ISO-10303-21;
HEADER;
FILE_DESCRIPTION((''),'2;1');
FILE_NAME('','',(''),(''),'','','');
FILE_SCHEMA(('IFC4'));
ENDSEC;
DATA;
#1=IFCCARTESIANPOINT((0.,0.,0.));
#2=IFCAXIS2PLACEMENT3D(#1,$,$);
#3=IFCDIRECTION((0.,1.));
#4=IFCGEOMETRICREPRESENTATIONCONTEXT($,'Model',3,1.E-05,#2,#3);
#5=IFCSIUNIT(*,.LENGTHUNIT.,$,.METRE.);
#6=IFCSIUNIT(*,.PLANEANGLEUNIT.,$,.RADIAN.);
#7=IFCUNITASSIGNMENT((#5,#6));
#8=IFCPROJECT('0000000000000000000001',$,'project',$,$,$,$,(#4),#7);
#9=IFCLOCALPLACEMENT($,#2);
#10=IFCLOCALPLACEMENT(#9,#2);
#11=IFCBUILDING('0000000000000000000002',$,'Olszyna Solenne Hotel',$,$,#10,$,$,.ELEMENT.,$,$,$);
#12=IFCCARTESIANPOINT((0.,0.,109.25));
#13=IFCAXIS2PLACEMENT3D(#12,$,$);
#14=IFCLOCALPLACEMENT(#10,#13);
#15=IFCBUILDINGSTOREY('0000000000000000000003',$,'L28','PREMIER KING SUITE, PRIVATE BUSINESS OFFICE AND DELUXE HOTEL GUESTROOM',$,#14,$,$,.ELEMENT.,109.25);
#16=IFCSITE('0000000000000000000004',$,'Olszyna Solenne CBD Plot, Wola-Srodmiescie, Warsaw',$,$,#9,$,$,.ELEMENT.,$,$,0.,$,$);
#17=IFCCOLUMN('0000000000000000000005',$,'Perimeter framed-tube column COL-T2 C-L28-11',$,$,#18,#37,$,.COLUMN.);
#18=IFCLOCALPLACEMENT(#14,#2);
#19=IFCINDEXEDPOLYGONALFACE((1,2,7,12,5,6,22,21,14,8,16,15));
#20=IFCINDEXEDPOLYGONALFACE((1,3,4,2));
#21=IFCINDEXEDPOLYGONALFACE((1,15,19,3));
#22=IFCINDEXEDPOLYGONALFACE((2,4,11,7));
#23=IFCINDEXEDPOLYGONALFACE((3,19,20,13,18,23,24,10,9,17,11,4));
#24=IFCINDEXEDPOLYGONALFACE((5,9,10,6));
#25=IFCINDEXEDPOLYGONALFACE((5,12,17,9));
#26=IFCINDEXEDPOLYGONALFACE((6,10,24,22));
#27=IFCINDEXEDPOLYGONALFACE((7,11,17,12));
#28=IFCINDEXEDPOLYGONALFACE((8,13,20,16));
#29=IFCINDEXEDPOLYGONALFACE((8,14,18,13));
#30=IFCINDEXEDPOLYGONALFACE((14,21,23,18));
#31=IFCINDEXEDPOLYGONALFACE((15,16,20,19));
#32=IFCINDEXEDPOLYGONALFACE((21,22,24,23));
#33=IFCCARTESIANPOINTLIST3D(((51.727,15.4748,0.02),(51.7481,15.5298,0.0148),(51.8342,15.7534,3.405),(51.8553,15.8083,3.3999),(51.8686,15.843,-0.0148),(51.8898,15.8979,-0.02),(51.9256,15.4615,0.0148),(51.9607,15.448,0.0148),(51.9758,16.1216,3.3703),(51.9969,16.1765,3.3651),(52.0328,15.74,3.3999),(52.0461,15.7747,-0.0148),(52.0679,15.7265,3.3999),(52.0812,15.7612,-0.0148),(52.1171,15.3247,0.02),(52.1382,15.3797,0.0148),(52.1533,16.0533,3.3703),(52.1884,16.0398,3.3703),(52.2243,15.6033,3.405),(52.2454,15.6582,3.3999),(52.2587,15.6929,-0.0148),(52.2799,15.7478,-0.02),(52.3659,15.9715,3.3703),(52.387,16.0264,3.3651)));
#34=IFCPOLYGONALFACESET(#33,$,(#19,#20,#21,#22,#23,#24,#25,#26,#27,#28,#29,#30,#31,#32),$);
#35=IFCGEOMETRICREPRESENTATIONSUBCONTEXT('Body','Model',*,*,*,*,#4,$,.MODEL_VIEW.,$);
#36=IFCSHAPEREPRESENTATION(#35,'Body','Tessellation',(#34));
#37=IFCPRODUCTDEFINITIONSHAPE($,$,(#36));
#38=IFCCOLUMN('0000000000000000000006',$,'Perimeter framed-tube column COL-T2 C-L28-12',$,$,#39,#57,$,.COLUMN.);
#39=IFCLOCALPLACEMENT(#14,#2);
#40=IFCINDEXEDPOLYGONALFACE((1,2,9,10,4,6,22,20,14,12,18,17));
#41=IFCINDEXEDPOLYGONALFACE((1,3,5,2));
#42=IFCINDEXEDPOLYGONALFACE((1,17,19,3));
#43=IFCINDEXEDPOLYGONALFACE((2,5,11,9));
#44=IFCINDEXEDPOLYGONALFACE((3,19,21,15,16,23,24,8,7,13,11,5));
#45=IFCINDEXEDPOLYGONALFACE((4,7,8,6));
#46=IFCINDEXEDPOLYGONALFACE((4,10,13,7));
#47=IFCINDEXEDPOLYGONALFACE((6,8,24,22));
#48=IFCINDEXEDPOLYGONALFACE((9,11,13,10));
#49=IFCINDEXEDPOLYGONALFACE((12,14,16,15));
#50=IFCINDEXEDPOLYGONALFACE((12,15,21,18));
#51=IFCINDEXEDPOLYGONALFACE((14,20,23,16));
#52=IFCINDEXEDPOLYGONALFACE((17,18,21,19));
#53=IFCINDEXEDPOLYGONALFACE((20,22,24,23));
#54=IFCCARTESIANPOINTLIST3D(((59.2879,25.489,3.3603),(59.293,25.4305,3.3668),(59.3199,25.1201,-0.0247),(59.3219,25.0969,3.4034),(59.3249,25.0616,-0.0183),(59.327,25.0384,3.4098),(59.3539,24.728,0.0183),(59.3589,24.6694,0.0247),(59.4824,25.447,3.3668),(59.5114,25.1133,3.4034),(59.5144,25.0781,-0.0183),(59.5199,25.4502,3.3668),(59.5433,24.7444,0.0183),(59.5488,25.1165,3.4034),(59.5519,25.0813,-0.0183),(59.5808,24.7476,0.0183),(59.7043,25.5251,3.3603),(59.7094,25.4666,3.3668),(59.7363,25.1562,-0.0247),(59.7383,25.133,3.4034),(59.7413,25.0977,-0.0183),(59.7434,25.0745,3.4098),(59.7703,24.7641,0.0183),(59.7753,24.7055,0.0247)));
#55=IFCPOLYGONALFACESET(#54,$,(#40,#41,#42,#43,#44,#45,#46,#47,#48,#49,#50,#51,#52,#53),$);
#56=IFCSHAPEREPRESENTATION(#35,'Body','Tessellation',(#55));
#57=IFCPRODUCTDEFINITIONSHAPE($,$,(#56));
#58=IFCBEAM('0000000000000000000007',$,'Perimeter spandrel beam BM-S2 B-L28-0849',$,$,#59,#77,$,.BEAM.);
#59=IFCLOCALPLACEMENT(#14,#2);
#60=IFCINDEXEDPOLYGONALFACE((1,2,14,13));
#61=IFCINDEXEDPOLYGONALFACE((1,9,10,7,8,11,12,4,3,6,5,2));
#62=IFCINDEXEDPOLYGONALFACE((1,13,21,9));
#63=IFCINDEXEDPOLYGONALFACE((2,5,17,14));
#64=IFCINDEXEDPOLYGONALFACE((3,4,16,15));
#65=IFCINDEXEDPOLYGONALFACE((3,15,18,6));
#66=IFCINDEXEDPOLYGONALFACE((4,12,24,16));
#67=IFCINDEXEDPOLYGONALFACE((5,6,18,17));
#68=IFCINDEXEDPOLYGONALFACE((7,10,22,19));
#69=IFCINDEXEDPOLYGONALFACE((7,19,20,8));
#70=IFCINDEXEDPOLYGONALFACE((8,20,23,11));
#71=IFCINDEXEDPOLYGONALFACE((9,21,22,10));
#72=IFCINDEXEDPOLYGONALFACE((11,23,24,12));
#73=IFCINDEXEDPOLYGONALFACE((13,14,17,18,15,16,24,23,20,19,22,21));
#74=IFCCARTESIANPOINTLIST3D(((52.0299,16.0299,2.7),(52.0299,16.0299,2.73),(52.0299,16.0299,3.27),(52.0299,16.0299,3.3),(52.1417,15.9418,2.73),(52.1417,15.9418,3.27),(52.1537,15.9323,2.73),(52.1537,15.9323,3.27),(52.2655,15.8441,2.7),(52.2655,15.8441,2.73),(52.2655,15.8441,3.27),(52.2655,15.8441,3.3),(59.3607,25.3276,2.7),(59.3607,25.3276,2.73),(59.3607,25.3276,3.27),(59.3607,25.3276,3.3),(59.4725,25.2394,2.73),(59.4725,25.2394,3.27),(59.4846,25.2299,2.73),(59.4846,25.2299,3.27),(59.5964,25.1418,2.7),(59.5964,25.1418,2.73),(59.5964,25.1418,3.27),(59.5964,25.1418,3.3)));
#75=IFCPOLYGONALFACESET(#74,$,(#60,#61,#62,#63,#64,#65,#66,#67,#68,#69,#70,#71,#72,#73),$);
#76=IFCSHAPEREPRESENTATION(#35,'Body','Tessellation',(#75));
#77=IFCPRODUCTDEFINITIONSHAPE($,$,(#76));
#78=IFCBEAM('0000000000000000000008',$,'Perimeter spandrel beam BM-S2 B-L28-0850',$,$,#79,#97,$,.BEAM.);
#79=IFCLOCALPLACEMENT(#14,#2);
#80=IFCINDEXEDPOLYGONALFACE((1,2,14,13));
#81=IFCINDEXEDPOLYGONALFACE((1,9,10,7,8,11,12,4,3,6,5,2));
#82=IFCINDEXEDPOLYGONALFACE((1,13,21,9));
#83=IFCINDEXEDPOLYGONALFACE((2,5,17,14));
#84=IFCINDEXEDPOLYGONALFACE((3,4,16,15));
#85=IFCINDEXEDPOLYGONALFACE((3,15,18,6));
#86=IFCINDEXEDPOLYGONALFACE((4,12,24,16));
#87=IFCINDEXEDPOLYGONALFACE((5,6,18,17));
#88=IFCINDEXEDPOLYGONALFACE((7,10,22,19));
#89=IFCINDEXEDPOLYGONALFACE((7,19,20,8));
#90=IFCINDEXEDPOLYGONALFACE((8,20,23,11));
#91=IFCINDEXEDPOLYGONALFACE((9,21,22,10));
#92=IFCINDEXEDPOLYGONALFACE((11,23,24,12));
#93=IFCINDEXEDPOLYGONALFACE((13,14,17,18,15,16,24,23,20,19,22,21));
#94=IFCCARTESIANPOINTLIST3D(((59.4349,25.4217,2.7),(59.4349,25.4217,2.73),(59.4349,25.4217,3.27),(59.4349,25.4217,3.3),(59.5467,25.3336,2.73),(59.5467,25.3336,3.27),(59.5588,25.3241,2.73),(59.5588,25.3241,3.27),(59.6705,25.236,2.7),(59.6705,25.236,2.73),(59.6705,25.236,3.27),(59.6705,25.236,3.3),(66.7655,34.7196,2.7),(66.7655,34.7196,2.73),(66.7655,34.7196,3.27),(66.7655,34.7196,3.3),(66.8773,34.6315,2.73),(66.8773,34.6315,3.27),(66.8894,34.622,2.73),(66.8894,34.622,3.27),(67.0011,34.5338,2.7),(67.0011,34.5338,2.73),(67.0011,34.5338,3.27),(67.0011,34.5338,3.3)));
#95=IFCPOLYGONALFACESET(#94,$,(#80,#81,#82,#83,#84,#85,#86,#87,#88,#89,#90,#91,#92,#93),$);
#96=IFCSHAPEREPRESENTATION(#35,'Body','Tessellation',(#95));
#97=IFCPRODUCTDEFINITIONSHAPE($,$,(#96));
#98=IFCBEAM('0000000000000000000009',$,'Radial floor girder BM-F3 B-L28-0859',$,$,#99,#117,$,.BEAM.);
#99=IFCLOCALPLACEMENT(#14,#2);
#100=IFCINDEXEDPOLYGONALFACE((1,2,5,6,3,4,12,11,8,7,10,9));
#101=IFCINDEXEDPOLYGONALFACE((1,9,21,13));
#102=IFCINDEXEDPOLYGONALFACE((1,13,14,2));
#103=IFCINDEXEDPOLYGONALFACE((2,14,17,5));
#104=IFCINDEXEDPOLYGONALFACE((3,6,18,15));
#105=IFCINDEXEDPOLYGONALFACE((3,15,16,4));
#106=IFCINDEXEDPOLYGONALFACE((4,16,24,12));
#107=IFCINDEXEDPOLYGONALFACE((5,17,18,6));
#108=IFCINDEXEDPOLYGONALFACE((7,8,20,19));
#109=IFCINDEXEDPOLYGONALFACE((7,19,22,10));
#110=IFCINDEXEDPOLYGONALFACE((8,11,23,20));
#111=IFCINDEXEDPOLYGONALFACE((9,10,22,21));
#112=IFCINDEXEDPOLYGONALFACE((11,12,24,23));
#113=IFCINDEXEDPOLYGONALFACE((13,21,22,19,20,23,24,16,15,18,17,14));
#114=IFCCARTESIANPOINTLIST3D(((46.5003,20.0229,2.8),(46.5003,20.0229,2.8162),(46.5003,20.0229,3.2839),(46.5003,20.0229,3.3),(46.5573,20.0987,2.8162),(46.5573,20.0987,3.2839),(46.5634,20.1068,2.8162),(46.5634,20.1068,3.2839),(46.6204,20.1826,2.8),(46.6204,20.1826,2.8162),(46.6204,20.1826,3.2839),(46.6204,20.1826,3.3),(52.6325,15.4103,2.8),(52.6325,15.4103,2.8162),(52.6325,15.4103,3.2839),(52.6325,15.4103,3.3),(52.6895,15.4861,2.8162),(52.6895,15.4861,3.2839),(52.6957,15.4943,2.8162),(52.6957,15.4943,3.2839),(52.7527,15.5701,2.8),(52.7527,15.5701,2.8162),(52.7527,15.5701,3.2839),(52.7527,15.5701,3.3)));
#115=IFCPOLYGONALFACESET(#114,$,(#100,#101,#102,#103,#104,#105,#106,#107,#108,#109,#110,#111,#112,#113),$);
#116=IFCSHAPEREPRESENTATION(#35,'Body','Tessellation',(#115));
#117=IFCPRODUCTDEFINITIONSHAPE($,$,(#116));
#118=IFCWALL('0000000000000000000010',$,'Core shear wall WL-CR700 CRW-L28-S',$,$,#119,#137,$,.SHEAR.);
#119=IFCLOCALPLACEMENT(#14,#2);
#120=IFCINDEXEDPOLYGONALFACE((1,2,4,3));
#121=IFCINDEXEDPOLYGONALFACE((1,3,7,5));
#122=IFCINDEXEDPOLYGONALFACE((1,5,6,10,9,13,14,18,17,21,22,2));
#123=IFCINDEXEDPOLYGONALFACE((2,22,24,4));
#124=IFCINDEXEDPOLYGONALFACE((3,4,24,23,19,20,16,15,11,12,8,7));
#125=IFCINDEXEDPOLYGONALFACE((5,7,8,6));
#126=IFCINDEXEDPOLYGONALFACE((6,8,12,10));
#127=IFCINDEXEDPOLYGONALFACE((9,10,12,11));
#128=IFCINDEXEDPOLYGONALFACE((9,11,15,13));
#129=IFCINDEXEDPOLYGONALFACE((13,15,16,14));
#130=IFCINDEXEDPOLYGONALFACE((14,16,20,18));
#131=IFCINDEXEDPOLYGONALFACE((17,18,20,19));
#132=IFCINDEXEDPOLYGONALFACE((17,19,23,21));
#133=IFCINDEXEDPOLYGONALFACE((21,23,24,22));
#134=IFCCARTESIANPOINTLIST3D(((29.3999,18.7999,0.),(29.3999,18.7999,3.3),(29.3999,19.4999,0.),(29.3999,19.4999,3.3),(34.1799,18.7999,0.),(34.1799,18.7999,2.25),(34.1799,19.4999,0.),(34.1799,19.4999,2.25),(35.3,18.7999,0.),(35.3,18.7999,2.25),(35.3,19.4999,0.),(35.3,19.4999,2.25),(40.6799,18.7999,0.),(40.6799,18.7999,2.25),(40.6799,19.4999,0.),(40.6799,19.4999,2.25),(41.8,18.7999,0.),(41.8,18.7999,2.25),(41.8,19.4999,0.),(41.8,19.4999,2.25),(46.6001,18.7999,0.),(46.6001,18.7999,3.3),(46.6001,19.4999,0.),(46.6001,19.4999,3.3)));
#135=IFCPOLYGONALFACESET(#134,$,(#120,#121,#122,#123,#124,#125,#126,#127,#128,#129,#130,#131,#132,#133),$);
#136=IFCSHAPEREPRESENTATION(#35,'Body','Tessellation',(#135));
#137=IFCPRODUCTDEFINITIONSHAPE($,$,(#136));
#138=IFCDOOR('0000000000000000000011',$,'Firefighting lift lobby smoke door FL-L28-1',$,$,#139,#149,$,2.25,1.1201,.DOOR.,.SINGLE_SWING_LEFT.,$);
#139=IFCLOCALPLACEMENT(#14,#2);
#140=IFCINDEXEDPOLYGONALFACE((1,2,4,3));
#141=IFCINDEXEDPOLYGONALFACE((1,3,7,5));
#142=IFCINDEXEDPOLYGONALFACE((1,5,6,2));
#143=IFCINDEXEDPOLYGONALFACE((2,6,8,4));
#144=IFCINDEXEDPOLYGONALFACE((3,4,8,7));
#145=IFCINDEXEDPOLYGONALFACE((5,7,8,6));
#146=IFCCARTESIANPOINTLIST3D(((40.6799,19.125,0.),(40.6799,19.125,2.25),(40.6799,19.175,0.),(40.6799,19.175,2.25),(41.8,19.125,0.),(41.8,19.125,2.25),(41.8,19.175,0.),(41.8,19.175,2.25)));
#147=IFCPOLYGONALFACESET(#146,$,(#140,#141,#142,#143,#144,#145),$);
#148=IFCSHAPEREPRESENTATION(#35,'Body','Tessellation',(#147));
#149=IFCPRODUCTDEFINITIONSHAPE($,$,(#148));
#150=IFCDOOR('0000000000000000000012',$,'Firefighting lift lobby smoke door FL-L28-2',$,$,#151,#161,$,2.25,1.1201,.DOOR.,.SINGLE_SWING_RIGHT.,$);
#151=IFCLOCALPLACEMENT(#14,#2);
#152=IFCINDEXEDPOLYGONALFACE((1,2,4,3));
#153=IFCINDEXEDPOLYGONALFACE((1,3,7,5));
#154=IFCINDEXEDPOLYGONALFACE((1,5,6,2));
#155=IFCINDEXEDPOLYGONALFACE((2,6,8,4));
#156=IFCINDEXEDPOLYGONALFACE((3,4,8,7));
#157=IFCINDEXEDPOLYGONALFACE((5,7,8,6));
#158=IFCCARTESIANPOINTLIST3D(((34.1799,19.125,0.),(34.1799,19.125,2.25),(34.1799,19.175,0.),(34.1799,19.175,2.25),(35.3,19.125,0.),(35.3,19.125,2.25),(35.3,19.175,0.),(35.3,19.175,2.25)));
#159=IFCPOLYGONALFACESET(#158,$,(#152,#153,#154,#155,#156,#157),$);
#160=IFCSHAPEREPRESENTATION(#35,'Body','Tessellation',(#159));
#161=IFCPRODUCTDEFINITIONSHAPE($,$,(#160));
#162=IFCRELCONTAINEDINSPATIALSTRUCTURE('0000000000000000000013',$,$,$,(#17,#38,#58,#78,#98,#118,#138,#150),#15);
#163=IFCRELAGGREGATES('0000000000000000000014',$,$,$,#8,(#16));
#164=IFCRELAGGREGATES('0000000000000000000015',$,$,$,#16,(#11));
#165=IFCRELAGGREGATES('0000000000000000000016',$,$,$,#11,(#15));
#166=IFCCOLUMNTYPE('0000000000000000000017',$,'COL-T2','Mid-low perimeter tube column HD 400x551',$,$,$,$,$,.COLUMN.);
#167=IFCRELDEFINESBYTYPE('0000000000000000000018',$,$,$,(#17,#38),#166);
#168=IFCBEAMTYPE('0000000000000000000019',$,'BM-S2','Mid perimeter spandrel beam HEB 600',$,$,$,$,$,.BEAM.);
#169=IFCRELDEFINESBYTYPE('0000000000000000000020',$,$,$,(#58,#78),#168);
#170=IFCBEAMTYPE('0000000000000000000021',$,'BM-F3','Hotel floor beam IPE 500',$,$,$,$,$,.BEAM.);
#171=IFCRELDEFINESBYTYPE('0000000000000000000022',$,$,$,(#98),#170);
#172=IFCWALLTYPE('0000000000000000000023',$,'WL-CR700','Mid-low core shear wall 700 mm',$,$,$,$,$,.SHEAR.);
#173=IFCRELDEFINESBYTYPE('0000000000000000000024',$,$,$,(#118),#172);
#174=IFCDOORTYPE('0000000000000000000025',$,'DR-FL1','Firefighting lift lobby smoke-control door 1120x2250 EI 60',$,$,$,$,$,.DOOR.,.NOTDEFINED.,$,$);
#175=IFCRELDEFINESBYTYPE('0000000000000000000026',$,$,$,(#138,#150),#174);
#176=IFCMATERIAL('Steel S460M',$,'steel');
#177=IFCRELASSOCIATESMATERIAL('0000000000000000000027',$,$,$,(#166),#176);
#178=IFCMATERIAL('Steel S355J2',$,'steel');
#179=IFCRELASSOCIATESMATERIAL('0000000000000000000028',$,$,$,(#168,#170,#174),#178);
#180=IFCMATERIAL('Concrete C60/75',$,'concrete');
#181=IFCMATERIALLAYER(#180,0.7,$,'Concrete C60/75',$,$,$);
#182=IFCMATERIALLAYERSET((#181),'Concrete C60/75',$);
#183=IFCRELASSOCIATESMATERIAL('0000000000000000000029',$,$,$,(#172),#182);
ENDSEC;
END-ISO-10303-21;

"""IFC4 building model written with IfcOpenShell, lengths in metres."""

from ifc_helpers import new_model, si_unit, direction, frame, frame_2d, origin, origin_2d, place, context, subcontext, project, spatial, rectangle, i_section, extrude, source, transform, mapped, material, layer, layer_set, material_profile, profile_set, type_object, type_shapes, element, fill, save


model = new_model("IFC4")

# Units and contexts
model_context = context("Model", 3, precision=1e-05, world=origin(), true_north=direction((0.0, 1.0)))
body_context = subcontext(model_context, "Body", "Model", "MODEL_VIEW")
ifc_project = project(units=[si_unit("LENGTHUNIT", "METRE"), si_unit("PLANEANGLEUNIT", "RADIAN")], contexts=[model_context])

# Site, building, storey
site_placement = place(None, origin())
site = spatial("IfcSite", under=ifc_project, at=site_placement, Name="Olszyna Solenne CBD Plot, Wola-Srodmiescie, Warsaw", CompositionType="ELEMENT", RefElevation=0.0)
building_placement = place(site_placement, origin())
building = spatial("IfcBuilding", under=site, at=building_placement, Name="Olszyna Solenne Hotel", CompositionType="ELEMENT")
storey_placement = place(building_placement, frame((0.0, 0.0, 109.25)))
storey = spatial("IfcBuildingStorey", under=building, at=storey_placement, Name="L28", Description="PREMIER KING SUITE, PRIVATE BUSINESS OFFICE AND DELUXE HOTEL GUESTROOM", CompositionType="ELEMENT", Elevation=109.25)

# Columns
ifc_material_1 = material(Name="Steel S460M", Category="steel")
ifc_material_profile_1 = material_profile(ifc_material_1, i_section(OverallWidth=0.418, OverallDepth=0.4551, WebThickness=0.0376, FlangeThickness=0.0591, at=origin_2d()), Name="HD 400x551", Category="load-bearing")
ifc_profile_set_1 = profile_set([ifc_material_profile_1], Name="Steel S460M")
column_type = type_object("IfcColumnType", Name="COL-T2", Description="Mid-low perimeter tube column HD 400x551", PredefinedType="COLUMN", material=ifc_profile_set_1)
shared_shape_1 = source(origin(), body_context, "Body", "SweptSolid", [
    extrude(i_section(OverallWidth=0.418, OverallDepth=0.4551, WebThickness=0.0376, FlangeThickness=0.0591, at=origin_2d()), origin(), (0.0, 0.0, 1.0), 3.3982),
])
column_1_placement = place(storey_placement, frame((52.0034, 15.6113, 0.0), z_axis=(0.03154, 0.081975, 0.996135), x_axis=(-0.933303, 0.359089, 0.0)))
element("IfcColumn", 1, at=column_1_placement, inside=storey, type_object=column_type, Name="Perimeter framed-tube column COL-T2 C-L28-11", PredefinedType="COLUMN", context=body_context, shape_type="MappedRepresentation", body=[
    mapped(shared_shape_1, transform((0.0, 0.0, 0.0), x_axis=(1.0, 0.0, 0.0), y_axis=(0.0, 1.0, 0.0), z_axis=(0.0, 0.0, 1.0), scale=1.0)),
])
shared_shape_2 = source(origin(), body_context, "Body", "SweptSolid", [
    extrude(i_section(OverallWidth=0.418, OverallDepth=0.4551, WebThickness=0.0376, FlangeThickness=0.0591, at=origin_2d()), origin(), (0.0, 0.0, 1.0), 3.4053),
])
column_2_placement = place(storey_placement, frame((59.5476, 24.9128, 0.0), z_axis=(-0.009392, 0.108333, 0.99407), x_axis=(-0.996263, -0.086374, 0.0)))
element("IfcColumn", 2, at=column_2_placement, inside=storey, type_object=column_type, Name="Perimeter framed-tube column COL-T2 C-L28-12", PredefinedType="COLUMN", context=body_context, shape_type="MappedRepresentation", body=[
    mapped(shared_shape_2, transform((0.0, 0.0, 0.0), x_axis=(1.0, 0.0, 0.0), y_axis=(0.0, 1.0, 0.0), z_axis=(0.0, 0.0, 1.0), scale=1.0)),
])

# Beams
ifc_material_2 = material(Name="Steel S355J2", Category="steel")
ifc_material_profile_2 = material_profile(ifc_material_2, i_section(OverallWidth=0.3, OverallDepth=0.6001, WebThickness=0.0154, FlangeThickness=0.03, at=origin_2d()), Name="HEB 600", Category="load-bearing")
ifc_profile_set_2 = profile_set([ifc_material_profile_2], Name="Steel S355J2")
beam_type_1 = type_object("IfcBeamType", Name="BM-S2", Description="Mid perimeter spandrel beam HEB 600", PredefinedType="BEAM", material=ifc_profile_set_2)
shared_shape_3 = source(origin(), body_context, "Body", "SweptSolid", [
    extrude(i_section(OverallWidth=0.3, OverallDepth=0.6001, WebThickness=0.0154, FlangeThickness=0.03, at=origin_2d()), origin(), (0.0, 0.0, 1.0), 11.8401),
])
for number, where, z_axis, x_axis, name in (
    (3, (52.1477, 15.937, 3.0), (0.619155, 0.785269, 0.0), (-0.785269, 0.619155, 0.0), "Perimeter spandrel beam BM-S2 B-L28-0849"),
    (4, (59.5527, 25.3289, 3.0), (0.619132, 0.785287, 0.0), (-0.785287, 0.619132, 0.0), "Perimeter spandrel beam BM-S2 B-L28-0850"),
):
    element("IfcBeam", number, at=place(storey_placement, frame(where, z_axis=z_axis, x_axis=x_axis)), inside=storey, type_object=beam_type_1, Name=name, PredefinedType="BEAM", context=body_context, shape_type="MappedRepresentation", body=[
        mapped(shared_shape_3, transform((0.0, 0.0, 0.0), x_axis=(1.0, 0.0, 0.0), y_axis=(0.0, 1.0, 0.0), z_axis=(0.0, 0.0, 1.0), scale=1.0)),
    ])
ifc_material_profile_3 = material_profile(ifc_material_2, i_section(OverallWidth=0.2, OverallDepth=0.5, WebThickness=0.0103, FlangeThickness=0.0161, at=origin_2d()), Name="IPE 500", Category="load-bearing")
ifc_profile_set_3 = profile_set([ifc_material_profile_3], Name="Steel S355J2")
beam_type_2 = type_object("IfcBeamType", Name="BM-F3", Description="Hotel floor beam IPE 500", PredefinedType="BEAM", material=ifc_profile_set_3)
shared_shape_4 = source(origin(), body_context, "Body", "SweptSolid", [
    extrude(i_section(OverallWidth=0.2, OverallDepth=0.5, WebThickness=0.0103, FlangeThickness=0.0161, at=origin_2d()), origin(), (0.0, 0.0, 1.0), 7.6733),
])
beam_placement = place(storey_placement, frame((52.6926, 15.4902, 3.05), z_axis=(-0.799167, 0.601109, 0.0), x_axis=(-0.601109, -0.799167, 0.0)))
element("IfcBeam", 5, at=beam_placement, inside=storey, type_object=beam_type_2, Name="Radial floor girder BM-F3 B-L28-0859", PredefinedType="BEAM", context=body_context, shape_type="MappedRepresentation", body=[
    mapped(shared_shape_4, transform((0.0, 0.0, 0.0), x_axis=(1.0, 0.0, 0.0), y_axis=(0.0, 1.0, 0.0), z_axis=(0.0, 0.0, 1.0), scale=1.0)),
])

# Wall, openings, doors
ifc_material_3 = material(Name="Concrete C60/75", Category="concrete")
ifc_layer_1 = layer(ifc_material_3, 0.7, Name="Concrete C60/75")
ifc_layer_set_1 = layer_set([ifc_layer_1], Name="Concrete C60/75")
wall_type_1 = type_object("IfcWallType", Name="WL-CR700", Description="Mid-low core shear wall 700 mm", PredefinedType="SHEAR", material=ifc_layer_set_1)
wall_1_placement = place(storey_placement, frame((46.6001, 19.1499, 0.0), z_axis=(0.0, 0.0, 1.0), x_axis=(-1.0, 0.0, 0.0)))
wall_1 = element("IfcWall", 6, at=wall_1_placement, inside=storey, type_object=wall_type_1, Name="Core shear wall WL-CR700 CRW-L28-S", PredefinedType="SHEAR", context=body_context, shape_type="SweptSolid", body=[
    extrude(rectangle(XDim=17.2002, YDim=0.7, at=frame_2d((8.6001, 0.0))), origin(), (0.0, 0.0, 1.0), 3.3),
])
opening_1_placement = place(wall_1_placement, frame((4.8, 0.0, 0.0)))
opening_1 = element("IfcOpeningElement", 7, at=opening_1_placement, cuts=wall_1, PredefinedType="OPENING", context=body_context, shape_type="SweptSolid", body=[
    extrude(rectangle(XDim=1.1201, YDim=2.25, at=frame_2d((0.5601, 1.125))), frame((0.0, 0.3599, 0.0), z_axis=(0.0, -1.0, 0.0), x_axis=(1.0, 0.0, 0.0)), (0.0, 0.0, 1.0), 0.72),
])
opening_2_placement = place(wall_1_placement, frame((11.3, 0.0, 0.0)))
opening_2 = element("IfcOpeningElement", 8, at=opening_2_placement, cuts=wall_1, PredefinedType="OPENING", context=body_context, shape_type="SweptSolid", body=[
    extrude(rectangle(XDim=1.1201, YDim=2.25, at=frame_2d((0.5601, 1.125))), frame((0.0, 0.3599, 0.0), z_axis=(0.0, -1.0, 0.0), x_axis=(1.0, 0.0, 0.0)), (0.0, 0.0, 1.0), 0.72),
])
door_type_1 = type_object("IfcDoorType", Name="DR-FL1", Description="Firefighting lift lobby smoke-control door 1120x2250 EI 60", OperationType="NOTDEFINED", PredefinedType="DOOR", material=ifc_material_2)
shared_shape_5 = source(origin(), body_context, "Body", "SweptSolid", [
    extrude(rectangle(XDim=1.1201, YDim=2.25, at=frame_2d((0.5601, 1.125))), frame((0.0, 0.0249, 0.0), z_axis=(0.0, -1.0, 0.0), x_axis=(1.0, 0.0, 0.0)), (0.0, 0.0, 1.0), 0.05),
])
type_shapes(door_type_1, [shared_shape_5])
door_1_placement = place(opening_1_placement, origin())
door_1 = element("IfcDoor", 9, at=door_1_placement, inside=storey, type_object=door_type_1, Name="Firefighting lift lobby smoke door FL-L28-1", OperationType="SINGLE_SWING_LEFT", OverallHeight=2.25, OverallWidth=1.1201, PredefinedType="DOOR", context=body_context, shape_type="MappedRepresentation", body=[
    mapped(shared_shape_5, transform((0.0, 0.0, 0.0), x_axis=(1.0, 0.0, 0.0), y_axis=(0.0, 1.0, 0.0), z_axis=(0.0, 0.0, 1.0), scale=1.0)),
])
fill(opening_1, door_1)
door_2_placement = place(opening_2_placement, origin())
door_2 = element("IfcDoor", 10, at=door_2_placement, inside=storey, type_object=door_type_1, Name="Firefighting lift lobby smoke door FL-L28-2", OperationType="SINGLE_SWING_RIGHT", OverallHeight=2.25, OverallWidth=1.1201, PredefinedType="DOOR", context=body_context, shape_type="MappedRepresentation", body=[
    mapped(shared_shape_5, transform((0.0, 0.0, 0.0), x_axis=(1.0, 0.0, 0.0), y_axis=(0.0, 1.0, 0.0), z_axis=(0.0, 0.0, 1.0), scale=1.0)),
])
fill(opening_2, door_2)

save(model, "model.ifc")
